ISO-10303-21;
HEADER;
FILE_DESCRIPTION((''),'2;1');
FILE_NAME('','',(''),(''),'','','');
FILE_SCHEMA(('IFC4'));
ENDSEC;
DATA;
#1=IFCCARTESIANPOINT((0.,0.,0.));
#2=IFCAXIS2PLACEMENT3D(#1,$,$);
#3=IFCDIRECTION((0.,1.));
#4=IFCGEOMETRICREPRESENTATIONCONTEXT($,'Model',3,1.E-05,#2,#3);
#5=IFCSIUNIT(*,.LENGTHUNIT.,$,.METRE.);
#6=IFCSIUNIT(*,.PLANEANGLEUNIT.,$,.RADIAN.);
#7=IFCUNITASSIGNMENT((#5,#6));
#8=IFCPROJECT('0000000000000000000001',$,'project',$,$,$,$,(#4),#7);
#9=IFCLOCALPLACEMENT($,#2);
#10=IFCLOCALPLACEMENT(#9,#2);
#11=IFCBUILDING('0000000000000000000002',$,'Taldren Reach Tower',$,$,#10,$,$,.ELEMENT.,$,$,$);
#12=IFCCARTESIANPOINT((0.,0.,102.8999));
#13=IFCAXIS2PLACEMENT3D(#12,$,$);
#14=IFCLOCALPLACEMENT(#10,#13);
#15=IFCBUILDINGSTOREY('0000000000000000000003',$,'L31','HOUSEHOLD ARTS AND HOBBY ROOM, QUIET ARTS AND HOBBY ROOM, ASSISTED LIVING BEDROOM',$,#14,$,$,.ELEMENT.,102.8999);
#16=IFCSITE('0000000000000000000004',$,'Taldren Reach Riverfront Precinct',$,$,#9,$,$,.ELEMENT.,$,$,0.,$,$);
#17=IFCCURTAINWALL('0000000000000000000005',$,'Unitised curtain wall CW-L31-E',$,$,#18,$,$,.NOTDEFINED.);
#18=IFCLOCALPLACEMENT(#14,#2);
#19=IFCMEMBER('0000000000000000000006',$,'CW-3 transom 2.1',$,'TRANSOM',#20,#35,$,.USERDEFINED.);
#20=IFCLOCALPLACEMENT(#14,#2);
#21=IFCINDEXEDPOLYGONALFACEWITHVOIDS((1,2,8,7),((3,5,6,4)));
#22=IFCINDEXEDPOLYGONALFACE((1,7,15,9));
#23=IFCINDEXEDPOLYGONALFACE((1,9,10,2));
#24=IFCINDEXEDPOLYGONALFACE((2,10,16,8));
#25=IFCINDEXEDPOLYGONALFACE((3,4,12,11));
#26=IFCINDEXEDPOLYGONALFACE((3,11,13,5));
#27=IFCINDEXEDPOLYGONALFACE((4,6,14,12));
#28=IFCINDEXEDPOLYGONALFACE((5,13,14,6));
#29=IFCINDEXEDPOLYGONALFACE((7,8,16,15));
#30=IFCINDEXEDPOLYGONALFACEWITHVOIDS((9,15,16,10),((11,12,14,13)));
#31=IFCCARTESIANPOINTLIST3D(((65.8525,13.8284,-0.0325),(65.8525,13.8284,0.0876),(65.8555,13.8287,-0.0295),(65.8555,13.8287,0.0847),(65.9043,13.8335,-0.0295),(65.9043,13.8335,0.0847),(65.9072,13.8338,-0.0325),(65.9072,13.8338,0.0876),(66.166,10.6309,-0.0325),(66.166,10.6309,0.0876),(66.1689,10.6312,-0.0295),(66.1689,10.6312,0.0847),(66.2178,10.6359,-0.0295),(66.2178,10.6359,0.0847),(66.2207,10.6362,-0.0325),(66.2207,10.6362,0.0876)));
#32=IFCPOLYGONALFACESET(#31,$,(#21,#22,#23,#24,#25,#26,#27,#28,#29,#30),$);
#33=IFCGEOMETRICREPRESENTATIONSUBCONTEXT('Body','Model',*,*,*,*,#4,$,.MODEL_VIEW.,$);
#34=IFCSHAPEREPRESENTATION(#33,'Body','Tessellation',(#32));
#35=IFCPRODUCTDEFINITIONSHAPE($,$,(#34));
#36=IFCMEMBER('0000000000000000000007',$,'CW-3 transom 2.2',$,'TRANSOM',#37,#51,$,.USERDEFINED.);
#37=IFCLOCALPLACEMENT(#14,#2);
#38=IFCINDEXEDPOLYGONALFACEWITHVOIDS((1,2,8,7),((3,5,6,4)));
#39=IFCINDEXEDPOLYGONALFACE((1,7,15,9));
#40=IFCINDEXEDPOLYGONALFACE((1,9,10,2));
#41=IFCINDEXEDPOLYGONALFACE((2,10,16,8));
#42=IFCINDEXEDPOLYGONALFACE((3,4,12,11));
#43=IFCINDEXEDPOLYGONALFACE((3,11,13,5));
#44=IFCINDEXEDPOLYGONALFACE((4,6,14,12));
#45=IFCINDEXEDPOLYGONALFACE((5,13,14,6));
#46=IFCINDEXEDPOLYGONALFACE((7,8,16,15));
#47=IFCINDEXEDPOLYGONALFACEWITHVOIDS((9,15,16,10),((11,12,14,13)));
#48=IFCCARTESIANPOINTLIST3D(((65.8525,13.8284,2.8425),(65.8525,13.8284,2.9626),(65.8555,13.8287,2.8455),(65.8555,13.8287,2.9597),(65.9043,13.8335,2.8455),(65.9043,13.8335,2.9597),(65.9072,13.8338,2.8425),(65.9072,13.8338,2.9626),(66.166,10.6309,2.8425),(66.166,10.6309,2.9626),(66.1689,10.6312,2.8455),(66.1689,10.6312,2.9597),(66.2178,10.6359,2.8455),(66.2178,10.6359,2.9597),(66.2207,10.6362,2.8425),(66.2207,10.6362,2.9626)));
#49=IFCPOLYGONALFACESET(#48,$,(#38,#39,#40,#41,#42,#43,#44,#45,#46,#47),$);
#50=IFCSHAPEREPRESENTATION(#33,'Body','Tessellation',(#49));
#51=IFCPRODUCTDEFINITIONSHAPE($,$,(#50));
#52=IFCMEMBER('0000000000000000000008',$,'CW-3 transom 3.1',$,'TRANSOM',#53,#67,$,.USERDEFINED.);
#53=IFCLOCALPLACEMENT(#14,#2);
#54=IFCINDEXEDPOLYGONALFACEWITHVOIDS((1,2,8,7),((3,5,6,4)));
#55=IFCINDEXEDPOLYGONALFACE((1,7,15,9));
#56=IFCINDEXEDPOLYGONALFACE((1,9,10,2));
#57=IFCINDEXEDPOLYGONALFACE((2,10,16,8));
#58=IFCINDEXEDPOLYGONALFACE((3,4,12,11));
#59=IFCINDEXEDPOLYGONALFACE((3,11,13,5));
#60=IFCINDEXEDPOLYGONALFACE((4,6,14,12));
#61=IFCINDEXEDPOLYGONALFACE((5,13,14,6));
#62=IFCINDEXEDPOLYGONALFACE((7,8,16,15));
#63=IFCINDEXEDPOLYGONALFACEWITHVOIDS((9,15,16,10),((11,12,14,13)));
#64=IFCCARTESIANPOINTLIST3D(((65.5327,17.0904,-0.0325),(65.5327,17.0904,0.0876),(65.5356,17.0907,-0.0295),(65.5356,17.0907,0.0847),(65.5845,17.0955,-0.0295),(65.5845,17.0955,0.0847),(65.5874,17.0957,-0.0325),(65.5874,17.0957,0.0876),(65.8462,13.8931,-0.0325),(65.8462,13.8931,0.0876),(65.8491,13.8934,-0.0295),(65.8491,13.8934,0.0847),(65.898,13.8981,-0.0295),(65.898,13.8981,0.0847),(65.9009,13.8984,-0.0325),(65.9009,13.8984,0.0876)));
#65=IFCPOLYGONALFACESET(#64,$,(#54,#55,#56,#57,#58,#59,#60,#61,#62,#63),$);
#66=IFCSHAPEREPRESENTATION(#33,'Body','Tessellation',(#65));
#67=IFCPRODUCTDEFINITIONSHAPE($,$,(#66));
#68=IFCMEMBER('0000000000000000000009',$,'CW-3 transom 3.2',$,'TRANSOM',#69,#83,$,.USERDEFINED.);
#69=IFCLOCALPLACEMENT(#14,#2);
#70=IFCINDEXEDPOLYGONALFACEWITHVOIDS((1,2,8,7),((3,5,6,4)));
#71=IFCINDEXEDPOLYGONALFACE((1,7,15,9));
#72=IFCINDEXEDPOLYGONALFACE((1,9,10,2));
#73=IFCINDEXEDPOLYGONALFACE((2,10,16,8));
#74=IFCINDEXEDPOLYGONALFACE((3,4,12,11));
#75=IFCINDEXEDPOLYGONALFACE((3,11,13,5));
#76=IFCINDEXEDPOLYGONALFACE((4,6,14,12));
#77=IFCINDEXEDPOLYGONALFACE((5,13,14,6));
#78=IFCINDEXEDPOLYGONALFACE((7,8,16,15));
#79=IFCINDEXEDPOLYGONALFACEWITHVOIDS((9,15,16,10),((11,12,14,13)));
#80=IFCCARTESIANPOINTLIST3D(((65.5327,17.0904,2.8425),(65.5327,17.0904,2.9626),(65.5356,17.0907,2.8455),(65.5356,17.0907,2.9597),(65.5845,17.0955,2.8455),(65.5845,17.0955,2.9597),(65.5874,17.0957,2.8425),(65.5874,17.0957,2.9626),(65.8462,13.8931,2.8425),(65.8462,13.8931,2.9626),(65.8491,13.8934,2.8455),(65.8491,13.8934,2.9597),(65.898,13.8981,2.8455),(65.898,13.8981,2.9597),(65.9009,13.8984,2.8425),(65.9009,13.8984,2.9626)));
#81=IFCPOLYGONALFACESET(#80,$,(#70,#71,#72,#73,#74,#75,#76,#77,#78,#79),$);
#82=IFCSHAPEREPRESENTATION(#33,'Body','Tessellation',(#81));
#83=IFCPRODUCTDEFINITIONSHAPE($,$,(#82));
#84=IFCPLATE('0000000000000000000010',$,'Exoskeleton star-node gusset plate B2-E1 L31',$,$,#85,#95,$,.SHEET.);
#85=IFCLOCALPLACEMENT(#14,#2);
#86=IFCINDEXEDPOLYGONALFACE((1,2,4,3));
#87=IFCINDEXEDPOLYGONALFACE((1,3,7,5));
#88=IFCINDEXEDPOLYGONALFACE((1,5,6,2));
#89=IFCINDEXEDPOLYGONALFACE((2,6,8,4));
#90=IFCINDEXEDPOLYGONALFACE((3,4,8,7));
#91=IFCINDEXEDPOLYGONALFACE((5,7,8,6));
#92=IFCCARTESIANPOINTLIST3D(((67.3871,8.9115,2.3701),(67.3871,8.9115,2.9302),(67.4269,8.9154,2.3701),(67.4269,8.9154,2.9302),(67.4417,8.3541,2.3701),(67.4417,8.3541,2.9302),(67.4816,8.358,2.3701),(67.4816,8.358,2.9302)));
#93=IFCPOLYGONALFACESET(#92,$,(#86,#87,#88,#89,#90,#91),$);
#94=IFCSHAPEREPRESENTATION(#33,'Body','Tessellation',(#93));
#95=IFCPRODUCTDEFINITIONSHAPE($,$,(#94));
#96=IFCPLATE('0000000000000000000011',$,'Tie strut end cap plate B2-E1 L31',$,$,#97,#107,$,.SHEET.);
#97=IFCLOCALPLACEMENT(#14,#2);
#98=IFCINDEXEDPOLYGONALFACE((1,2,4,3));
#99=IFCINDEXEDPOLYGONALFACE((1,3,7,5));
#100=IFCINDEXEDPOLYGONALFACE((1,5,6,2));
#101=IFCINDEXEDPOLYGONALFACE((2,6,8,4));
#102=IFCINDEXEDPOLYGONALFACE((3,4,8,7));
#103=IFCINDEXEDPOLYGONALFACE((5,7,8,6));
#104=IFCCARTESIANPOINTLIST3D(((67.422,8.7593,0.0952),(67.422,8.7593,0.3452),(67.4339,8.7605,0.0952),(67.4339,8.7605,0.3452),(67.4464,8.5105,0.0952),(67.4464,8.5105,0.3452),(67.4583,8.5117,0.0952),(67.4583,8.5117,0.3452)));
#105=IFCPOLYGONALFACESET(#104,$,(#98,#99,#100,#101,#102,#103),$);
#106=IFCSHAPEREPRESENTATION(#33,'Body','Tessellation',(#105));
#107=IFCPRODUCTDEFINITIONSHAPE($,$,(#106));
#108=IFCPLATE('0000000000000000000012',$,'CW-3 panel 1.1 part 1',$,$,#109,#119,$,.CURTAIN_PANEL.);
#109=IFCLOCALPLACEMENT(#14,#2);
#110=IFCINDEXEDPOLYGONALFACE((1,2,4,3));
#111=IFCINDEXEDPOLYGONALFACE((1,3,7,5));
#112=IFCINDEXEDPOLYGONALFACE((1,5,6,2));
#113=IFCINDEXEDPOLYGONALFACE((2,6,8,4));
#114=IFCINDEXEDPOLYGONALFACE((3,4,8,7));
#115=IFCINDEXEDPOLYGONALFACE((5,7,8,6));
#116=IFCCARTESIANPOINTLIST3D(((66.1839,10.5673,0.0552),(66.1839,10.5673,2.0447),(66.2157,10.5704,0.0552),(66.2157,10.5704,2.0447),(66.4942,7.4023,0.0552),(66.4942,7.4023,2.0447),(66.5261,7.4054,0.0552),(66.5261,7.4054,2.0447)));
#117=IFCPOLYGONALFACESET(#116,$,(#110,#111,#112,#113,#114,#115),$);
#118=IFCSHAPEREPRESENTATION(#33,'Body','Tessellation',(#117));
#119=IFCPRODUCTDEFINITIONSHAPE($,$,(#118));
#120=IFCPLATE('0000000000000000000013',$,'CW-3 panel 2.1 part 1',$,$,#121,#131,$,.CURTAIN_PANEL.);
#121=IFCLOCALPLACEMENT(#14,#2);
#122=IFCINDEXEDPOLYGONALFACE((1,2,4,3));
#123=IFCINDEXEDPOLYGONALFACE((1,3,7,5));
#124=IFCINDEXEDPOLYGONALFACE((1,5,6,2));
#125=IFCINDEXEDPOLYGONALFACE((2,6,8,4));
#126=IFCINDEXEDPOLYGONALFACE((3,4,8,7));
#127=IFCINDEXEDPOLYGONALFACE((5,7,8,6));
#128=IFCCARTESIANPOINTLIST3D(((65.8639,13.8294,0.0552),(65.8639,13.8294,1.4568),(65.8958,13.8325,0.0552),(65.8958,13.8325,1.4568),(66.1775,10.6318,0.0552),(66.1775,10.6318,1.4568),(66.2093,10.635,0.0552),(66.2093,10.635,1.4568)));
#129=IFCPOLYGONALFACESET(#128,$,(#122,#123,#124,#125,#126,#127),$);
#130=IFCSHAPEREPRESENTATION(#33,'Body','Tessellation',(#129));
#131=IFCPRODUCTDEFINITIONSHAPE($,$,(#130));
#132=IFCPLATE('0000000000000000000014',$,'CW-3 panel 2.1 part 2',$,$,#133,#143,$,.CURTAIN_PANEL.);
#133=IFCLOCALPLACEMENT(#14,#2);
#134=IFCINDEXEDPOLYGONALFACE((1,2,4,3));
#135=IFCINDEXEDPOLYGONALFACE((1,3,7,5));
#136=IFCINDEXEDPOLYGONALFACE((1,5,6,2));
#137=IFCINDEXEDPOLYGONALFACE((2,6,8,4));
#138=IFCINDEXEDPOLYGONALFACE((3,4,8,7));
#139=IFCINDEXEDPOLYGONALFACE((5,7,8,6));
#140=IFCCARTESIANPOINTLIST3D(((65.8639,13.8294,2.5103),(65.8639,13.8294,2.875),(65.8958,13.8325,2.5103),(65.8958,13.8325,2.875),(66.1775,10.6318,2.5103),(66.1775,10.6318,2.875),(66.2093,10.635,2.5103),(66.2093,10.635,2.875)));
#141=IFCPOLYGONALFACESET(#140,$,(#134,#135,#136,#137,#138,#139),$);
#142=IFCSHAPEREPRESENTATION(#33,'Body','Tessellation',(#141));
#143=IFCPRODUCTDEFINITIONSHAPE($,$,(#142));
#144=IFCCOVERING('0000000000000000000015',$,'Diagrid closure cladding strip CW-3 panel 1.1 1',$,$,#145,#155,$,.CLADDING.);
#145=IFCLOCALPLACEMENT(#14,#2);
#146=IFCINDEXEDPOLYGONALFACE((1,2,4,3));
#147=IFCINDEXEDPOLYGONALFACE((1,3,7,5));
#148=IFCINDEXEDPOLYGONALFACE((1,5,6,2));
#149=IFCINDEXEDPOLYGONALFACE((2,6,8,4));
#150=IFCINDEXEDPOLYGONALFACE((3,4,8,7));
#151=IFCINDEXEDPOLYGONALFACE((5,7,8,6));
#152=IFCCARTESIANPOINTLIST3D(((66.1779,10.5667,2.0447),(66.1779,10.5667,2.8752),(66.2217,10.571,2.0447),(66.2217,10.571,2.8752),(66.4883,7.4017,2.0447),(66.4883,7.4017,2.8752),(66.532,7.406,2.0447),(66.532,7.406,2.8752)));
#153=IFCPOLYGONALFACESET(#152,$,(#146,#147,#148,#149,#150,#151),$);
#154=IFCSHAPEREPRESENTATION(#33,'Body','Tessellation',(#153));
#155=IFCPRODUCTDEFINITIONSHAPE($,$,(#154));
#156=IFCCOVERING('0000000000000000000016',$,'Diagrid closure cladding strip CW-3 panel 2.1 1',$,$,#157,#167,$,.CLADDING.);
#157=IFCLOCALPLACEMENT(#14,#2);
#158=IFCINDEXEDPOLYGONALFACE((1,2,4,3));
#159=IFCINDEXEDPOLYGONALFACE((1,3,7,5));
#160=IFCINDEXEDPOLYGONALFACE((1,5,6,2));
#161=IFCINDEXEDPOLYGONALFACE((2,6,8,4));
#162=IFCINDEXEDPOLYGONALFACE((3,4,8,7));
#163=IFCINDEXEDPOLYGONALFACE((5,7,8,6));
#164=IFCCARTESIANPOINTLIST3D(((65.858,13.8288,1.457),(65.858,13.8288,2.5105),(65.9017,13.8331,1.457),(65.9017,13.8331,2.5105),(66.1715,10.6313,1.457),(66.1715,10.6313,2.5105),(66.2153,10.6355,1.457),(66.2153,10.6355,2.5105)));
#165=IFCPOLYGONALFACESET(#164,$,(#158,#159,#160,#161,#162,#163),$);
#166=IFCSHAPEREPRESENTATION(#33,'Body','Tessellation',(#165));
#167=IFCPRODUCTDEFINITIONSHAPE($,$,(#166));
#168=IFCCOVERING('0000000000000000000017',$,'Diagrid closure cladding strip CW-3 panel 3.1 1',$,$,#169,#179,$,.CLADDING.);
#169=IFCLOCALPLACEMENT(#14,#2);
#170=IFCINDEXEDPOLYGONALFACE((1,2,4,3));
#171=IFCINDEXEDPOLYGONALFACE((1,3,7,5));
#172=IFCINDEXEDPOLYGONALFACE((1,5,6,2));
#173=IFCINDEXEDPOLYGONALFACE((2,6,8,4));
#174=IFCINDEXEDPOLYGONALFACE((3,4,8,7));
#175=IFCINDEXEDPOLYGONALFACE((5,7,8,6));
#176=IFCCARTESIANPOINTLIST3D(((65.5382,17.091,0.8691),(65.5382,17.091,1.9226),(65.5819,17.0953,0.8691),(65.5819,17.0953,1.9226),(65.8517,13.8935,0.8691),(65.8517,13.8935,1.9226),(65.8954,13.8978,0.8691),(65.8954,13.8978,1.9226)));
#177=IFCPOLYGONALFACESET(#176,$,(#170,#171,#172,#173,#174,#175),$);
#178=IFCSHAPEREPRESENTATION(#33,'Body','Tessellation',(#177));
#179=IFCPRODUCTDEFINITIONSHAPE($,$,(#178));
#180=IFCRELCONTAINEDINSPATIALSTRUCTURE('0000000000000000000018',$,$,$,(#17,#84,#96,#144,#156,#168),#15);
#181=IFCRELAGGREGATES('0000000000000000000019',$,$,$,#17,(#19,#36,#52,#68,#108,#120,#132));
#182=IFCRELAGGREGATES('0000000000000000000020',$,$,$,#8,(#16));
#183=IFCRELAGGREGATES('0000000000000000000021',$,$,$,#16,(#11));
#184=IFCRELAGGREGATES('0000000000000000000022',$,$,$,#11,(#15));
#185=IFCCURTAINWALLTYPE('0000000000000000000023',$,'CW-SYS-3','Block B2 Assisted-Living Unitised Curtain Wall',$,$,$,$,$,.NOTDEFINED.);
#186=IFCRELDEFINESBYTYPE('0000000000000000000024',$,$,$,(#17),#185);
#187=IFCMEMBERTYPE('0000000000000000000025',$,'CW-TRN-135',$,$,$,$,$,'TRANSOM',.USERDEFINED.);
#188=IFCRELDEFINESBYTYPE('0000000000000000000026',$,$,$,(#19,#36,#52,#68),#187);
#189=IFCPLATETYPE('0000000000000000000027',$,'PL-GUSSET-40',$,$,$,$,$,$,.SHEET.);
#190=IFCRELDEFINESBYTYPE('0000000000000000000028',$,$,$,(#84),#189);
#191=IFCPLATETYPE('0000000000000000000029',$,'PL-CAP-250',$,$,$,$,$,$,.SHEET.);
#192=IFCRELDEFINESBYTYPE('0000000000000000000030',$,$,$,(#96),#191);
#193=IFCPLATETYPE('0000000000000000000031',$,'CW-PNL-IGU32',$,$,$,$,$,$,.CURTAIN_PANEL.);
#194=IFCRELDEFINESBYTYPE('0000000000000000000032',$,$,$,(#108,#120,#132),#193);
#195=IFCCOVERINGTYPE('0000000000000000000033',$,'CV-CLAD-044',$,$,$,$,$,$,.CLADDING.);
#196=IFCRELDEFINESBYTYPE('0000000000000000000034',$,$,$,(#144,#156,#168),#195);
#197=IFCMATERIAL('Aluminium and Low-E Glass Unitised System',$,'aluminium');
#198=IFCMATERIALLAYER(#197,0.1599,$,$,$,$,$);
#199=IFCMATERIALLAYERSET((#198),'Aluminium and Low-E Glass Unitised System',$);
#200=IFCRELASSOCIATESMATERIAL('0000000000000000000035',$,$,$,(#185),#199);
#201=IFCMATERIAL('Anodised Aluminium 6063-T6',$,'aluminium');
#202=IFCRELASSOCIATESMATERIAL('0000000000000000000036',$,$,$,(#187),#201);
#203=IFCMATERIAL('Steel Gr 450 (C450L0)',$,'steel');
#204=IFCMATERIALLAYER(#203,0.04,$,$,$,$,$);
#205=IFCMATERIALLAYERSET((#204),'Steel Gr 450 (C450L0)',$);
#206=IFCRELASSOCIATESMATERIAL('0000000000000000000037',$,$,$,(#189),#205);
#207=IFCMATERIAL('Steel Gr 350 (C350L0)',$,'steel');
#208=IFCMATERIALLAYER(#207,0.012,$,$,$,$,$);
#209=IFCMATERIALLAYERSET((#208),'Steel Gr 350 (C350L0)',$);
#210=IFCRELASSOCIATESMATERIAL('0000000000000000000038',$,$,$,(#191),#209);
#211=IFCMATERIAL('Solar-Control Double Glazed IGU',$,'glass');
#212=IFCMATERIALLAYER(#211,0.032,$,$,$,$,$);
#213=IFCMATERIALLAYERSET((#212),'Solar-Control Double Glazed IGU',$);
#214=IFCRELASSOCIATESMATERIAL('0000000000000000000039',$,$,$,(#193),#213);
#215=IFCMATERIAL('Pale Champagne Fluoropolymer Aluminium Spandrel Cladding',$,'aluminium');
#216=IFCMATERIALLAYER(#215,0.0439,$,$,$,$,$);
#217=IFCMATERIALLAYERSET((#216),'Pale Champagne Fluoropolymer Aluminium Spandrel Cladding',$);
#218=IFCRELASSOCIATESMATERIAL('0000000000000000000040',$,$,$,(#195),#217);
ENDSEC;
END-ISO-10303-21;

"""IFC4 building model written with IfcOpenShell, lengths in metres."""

from ifc_helpers import new_model, si_unit, direction, frame, origin, origin_2d, place, context, subcontext, project, spatial, rectangle, hollow_rectangle, extrude, source, transform, mapped, material, layer, layer_set, material_profile, profile_set, type_object, element, aggregate, save


model = new_model("IFC4")

# Units and contexts
model_context = context("Model", 3, precision=1e-05, world=origin(), true_north=direction((0.0, 1.0)))
body_context = subcontext(model_context, "Body", "Model", "MODEL_VIEW")
ifc_project = project(units=[si_unit("LENGTHUNIT", "METRE"), si_unit("PLANEANGLEUNIT", "RADIAN")], contexts=[model_context])

# Site, building, storey
site_placement = place(None, origin())
site = spatial("IfcSite", under=ifc_project, at=site_placement, Name="Taldren Reach Riverfront Precinct", CompositionType="ELEMENT", RefElevation=0.0)
building_placement = place(site_placement, origin())
building = spatial("IfcBuilding", under=site, at=building_placement, Name="Taldren Reach Tower", CompositionType="ELEMENT")
storey_placement = place(building_placement, frame((0.0, 0.0, 102.8999)))
storey = spatial("IfcBuildingStorey", under=building, at=storey_placement, Name="L31", Description="HOUSEHOLD ARTS AND HOBBY ROOM, QUIET ARTS AND HOBBY ROOM, ASSISTED LIVING BEDROOM", CompositionType="ELEMENT", Elevation=102.8999)

# Shared definitions
ifc_material_1 = material(Name="Steel Gr 450 (C450L0)", Category="steel")
ifc_material_2 = material(Name="Steel Gr 350 (C350L0)", Category="steel")

# Curtain wall, members
ifc_material_3 = material(Name="Aluminium and Low-E Glass Unitised System", Category="aluminium")
ifc_layer_1 = layer(ifc_material_3, 0.1599)
ifc_layer_set_1 = layer_set([ifc_layer_1], Name="Aluminium and Low-E Glass Unitised System")
curtain_wall_type = type_object("IfcCurtainWallType", Name="CW-SYS-3", Description="Block B2 Assisted-Living Unitised Curtain Wall", PredefinedType="NOTDEFINED", material=ifc_layer_set_1)
curtain_wall_placement = place(storey_placement, origin())
curtain_wall = element("IfcCurtainWall", 1, at=curtain_wall_placement, inside=storey, type_object=curtain_wall_type, Name="Unitised curtain wall CW-L31-E", PredefinedType="NOTDEFINED")
ifc_material_4 = material(Name="Anodised Aluminium 6063-T6", Category="aluminium")
ifc_material_profile_1 = material_profile(ifc_material_4, hollow_rectangle(XDim=0.0549, YDim=0.1201, WallThickness=0.0029, at=origin_2d()), Name="ALU-120x55x3RHS")
ifc_profile_set_1 = profile_set([ifc_material_profile_1], Name="Anodised Aluminium 6063-T6")
member_type_1 = type_object("IfcMemberType", Name="CW-TRN-135", ElementType="TRANSOM", PredefinedType="USERDEFINED", material=ifc_profile_set_1)
shared_shape_1 = source(origin(), body_context, "Body", "SweptSolid", [
    extrude(hollow_rectangle(XDim=0.0549, YDim=0.1201, WallThickness=0.0029, at=origin_2d()), origin(), (0.0, 0.0, 1.0), 3.2129),
])
member_1_placement = place(storey_placement, frame((66.1934, 10.6335, 0.0276), z_axis=(-0.09757, 0.995229, 0.0), x_axis=(-0.995229, -0.09757, 0.0)))
member_1 = element("IfcMember", 2, at=member_1_placement, type_object=member_type_1, Name="CW-3 transom 2.1", ObjectType="TRANSOM", PredefinedType="USERDEFINED", context=body_context, shape_type="MappedRepresentation", body=[
    mapped(shared_shape_1, transform((0.0, 0.0, 0.0), scale=1.0)),
])
member_2_placement = place(storey_placement, frame((66.1934, 10.6335, 2.9026), z_axis=(-0.09757, 0.995229, 0.0), x_axis=(-0.995229, -0.09757, 0.0)))
member_2 = element("IfcMember", 3, at=member_2_placement, type_object=member_type_1, Name="CW-3 transom 2.2", ObjectType="TRANSOM", PredefinedType="USERDEFINED", context=body_context, shape_type="MappedRepresentation", body=[
    mapped(shared_shape_1, transform((0.0, 0.0, 0.0), scale=1.0)),
])
shared_shape_2 = source(origin(), body_context, "Body", "SweptSolid", [
    extrude(hollow_rectangle(XDim=0.0549, YDim=0.1201, WallThickness=0.0029, at=origin_2d()), origin(), (0.0, 0.0, 1.0), 3.2126),
])
member_3_placement = place(storey_placement, frame((65.8735, 13.8958, 0.0276), z_axis=(-0.097577, 0.995228, 0.0), x_axis=(-0.995228, -0.097577, 0.0)))
member_3 = element("IfcMember", 4, at=member_3_placement, type_object=member_type_1, Name="CW-3 transom 3.1", ObjectType="TRANSOM", PredefinedType="USERDEFINED", context=body_context, shape_type="MappedRepresentation", body=[
    mapped(shared_shape_2, transform((0.0, 0.0, 0.0), scale=1.0)),
])
member_4_placement = place(storey_placement, frame((65.8735, 13.8958, 2.9026), z_axis=(-0.097577, 0.995228, 0.0), x_axis=(-0.995228, -0.097577, 0.0)))
member_4 = element("IfcMember", 5, at=member_4_placement, type_object=member_type_1, Name="CW-3 transom 3.2", ObjectType="TRANSOM", PredefinedType="USERDEFINED", context=body_context, shape_type="MappedRepresentation", body=[
    mapped(shared_shape_2, transform((0.0, 0.0, 0.0), scale=1.0)),
])

# Plates
ifc_layer_2 = layer(ifc_material_1, 0.04)
ifc_layer_set_2 = layer_set([ifc_layer_2], Name="Steel Gr 450 (C450L0)")
plate_type_1 = type_object("IfcPlateType", Name="PL-GUSSET-40", PredefinedType="SHEET", material=ifc_layer_set_2)
shared_shape_3 = source(origin(), body_context, "Body", "SweptSolid", [
    extrude(rectangle(XDim=0.5601, YDim=0.04, at=origin_2d()), origin(), (0.0, 0.0, 1.0), 0.5601),
])
plate_1_placement = place(storey_placement, frame((67.4343, 8.6348, 2.3701), z_axis=(0.0, 0.0, 1.0), x_axis=(-0.097583, 0.995227, 0.0)))
element("IfcPlate", 6, at=plate_1_placement, inside=storey, type_object=plate_type_1, Name="Exoskeleton star-node gusset plate B2-E1 L31", PredefinedType="SHEET", context=body_context, shape_type="MappedRepresentation", body=[
    mapped(shared_shape_3, transform((0.0, 0.0, 0.0), scale=1.0)),
])
ifc_layer_3 = layer(ifc_material_2, 0.012)
ifc_layer_set_3 = layer_set([ifc_layer_3], Name="Steel Gr 350 (C350L0)")
plate_type_2 = type_object("IfcPlateType", Name="PL-CAP-250", PredefinedType="SHEET", material=ifc_layer_set_3)
shared_shape_4 = source(origin(), body_context, "Body", "SweptSolid", [
    extrude(rectangle(XDim=0.012, YDim=0.25, at=origin_2d()), origin(), (0.0, 0.0, 1.0), 0.25),
])
plate_2_placement = place(storey_placement, frame((67.4402, 8.6355, 0.0952), z_axis=(0.0, 0.0, 1.0), x_axis=(0.995227, 0.097583, 0.0)))
element("IfcPlate", 7, at=plate_2_placement, inside=storey, type_object=plate_type_2, Name="Tie strut end cap plate B2-E1 L31", PredefinedType="SHEET", context=body_context, shape_type="MappedRepresentation", body=[
    mapped(shared_shape_4, transform((0.0, 0.0, 0.0), scale=1.0)),
])

# Plates
ifc_material_5 = material(Name="Solar-Control Double Glazed IGU", Category="glass")
ifc_layer_4 = layer(ifc_material_5, 0.032)
ifc_layer_set_4 = layer_set([ifc_layer_4], Name="Solar-Control Double Glazed IGU")
plate_type_3 = type_object("IfcPlateType", Name="CW-PNL-IGU32", PredefinedType="CURTAIN_PANEL", material=ifc_layer_set_4)
shared_shape_5 = source(origin(), body_context, "Body", "SweptSolid", [
    extrude(rectangle(XDim=3.1802, YDim=0.032, at=origin_2d()), origin(), (0.0, 0.0, 1.0), 1.9895),
])
plate_3_placement = place(storey_placement, frame((66.355, 8.9863, 0.0552), z_axis=(0.0, 0.0, 1.0), x_axis=(-0.097583, 0.995227, 0.0)))
plate_3 = element("IfcPlate", 8, at=plate_3_placement, type_object=plate_type_3, Name="CW-3 panel 1.1 part 1", PredefinedType="CURTAIN_PANEL", context=body_context, shape_type="MappedRepresentation", body=[
    mapped(shared_shape_5, transform((0.0, 0.0, 0.0), scale=1.0)),
])
shared_shape_6 = source(origin(), body_context, "Body", "SweptSolid", [
    extrude(rectangle(XDim=3.2129, YDim=0.032, at=origin_2d()), origin(), (0.0, 0.0, 1.0), 1.4016),
])
plate_4_placement = place(storey_placement, frame((66.0366, 12.2322, 0.0552), z_axis=(0.0, 0.0, 1.0), x_axis=(-0.097583, 0.995227, 0.0)))
plate_4 = element("IfcPlate", 9, at=plate_4_placement, type_object=plate_type_3, Name="CW-3 panel 2.1 part 1", PredefinedType="CURTAIN_PANEL", context=body_context, shape_type="MappedRepresentation", body=[
    mapped(shared_shape_6, transform((0.0, 0.0, 0.0), scale=1.0)),
])
shared_shape_7 = source(origin(), body_context, "Body", "SweptSolid", [
    extrude(rectangle(XDim=3.2129, YDim=0.032, at=origin_2d()), origin(), (0.0, 0.0, 1.0), 0.3647),
])
plate_5_placement = place(storey_placement, frame((66.0366, 12.2322, 2.5103), z_axis=(0.0, 0.0, 1.0), x_axis=(-0.097583, 0.995227, 0.0)))
plate_5 = element("IfcPlate", 10, at=plate_5_placement, type_object=plate_type_3, Name="CW-3 panel 2.1 part 2", PredefinedType="CURTAIN_PANEL", context=body_context, shape_type="MappedRepresentation", body=[
    mapped(shared_shape_7, transform((0.0, 0.0, 0.0), scale=1.0)),
])
aggregate(curtain_wall, [member_1, member_2, member_3, member_4, plate_3, plate_4, plate_5])

# Coverings
ifc_material_6 = material(Name="Pale Champagne Fluoropolymer Aluminium Spandrel Cladding", Category="aluminium")
ifc_layer_5 = layer(ifc_material_6, 0.0439)
ifc_layer_set_5 = layer_set([ifc_layer_5], Name="Pale Champagne Fluoropolymer Aluminium Spandrel Cladding")
covering_type = type_object("IfcCoveringType", Name="CV-CLAD-044", PredefinedType="CLADDING", material=ifc_layer_set_5)
shared_shape_8 = source(origin(), body_context, "Body", "SweptSolid", [
    extrude(rectangle(XDim=3.1802, YDim=0.0439, at=origin_2d()), origin(), (0.0, 0.0, 1.0), 0.8306),
])
covering_placement = place(storey_placement, frame((66.355, 8.9863, 2.0447), z_axis=(0.0, 0.0, 1.0), x_axis=(-0.097583, 0.995227, 0.0)))
element("IfcCovering", 11, at=covering_placement, inside=storey, type_object=covering_type, Name="Diagrid closure cladding strip CW-3 panel 1.1 1", PredefinedType="CLADDING", context=body_context, shape_type="MappedRepresentation", body=[
    mapped(shared_shape_8, transform((0.0, 0.0, 0.0), scale=1.0)),
])
shared_shape_9 = source(origin(), body_context, "Body", "SweptSolid", [
    extrude(rectangle(XDim=3.2129, YDim=0.0439, at=origin_2d()), origin(), (0.0, 0.0, 1.0), 1.0535),
])
for number, where, z_axis, x_axis, name in (
    (12, (66.0366, 12.2322, 1.457), (0.0, 0.0, 1.0), (-0.097583, 0.995227, 0.0), "Diagrid closure cladding strip CW-3 panel 2.1 1"),
    (13, (65.7168, 15.4944, 0.8691), (0.0, 0.0, 1.0), (-0.097583, 0.995227, 0.0), "Diagrid closure cladding strip CW-3 panel 3.1 1"),
):
    element("IfcCovering", number, at=place(storey_placement, frame(where, z_axis=z_axis, x_axis=x_axis)), inside=storey, type_object=covering_type, Name=name, PredefinedType="CLADDING", context=body_context, shape_type="MappedRepresentation", body=[
        mapped(shared_shape_9, transform((0.0, 0.0, 0.0), scale=1.0)),
    ])

save(model, "model.ifc")
